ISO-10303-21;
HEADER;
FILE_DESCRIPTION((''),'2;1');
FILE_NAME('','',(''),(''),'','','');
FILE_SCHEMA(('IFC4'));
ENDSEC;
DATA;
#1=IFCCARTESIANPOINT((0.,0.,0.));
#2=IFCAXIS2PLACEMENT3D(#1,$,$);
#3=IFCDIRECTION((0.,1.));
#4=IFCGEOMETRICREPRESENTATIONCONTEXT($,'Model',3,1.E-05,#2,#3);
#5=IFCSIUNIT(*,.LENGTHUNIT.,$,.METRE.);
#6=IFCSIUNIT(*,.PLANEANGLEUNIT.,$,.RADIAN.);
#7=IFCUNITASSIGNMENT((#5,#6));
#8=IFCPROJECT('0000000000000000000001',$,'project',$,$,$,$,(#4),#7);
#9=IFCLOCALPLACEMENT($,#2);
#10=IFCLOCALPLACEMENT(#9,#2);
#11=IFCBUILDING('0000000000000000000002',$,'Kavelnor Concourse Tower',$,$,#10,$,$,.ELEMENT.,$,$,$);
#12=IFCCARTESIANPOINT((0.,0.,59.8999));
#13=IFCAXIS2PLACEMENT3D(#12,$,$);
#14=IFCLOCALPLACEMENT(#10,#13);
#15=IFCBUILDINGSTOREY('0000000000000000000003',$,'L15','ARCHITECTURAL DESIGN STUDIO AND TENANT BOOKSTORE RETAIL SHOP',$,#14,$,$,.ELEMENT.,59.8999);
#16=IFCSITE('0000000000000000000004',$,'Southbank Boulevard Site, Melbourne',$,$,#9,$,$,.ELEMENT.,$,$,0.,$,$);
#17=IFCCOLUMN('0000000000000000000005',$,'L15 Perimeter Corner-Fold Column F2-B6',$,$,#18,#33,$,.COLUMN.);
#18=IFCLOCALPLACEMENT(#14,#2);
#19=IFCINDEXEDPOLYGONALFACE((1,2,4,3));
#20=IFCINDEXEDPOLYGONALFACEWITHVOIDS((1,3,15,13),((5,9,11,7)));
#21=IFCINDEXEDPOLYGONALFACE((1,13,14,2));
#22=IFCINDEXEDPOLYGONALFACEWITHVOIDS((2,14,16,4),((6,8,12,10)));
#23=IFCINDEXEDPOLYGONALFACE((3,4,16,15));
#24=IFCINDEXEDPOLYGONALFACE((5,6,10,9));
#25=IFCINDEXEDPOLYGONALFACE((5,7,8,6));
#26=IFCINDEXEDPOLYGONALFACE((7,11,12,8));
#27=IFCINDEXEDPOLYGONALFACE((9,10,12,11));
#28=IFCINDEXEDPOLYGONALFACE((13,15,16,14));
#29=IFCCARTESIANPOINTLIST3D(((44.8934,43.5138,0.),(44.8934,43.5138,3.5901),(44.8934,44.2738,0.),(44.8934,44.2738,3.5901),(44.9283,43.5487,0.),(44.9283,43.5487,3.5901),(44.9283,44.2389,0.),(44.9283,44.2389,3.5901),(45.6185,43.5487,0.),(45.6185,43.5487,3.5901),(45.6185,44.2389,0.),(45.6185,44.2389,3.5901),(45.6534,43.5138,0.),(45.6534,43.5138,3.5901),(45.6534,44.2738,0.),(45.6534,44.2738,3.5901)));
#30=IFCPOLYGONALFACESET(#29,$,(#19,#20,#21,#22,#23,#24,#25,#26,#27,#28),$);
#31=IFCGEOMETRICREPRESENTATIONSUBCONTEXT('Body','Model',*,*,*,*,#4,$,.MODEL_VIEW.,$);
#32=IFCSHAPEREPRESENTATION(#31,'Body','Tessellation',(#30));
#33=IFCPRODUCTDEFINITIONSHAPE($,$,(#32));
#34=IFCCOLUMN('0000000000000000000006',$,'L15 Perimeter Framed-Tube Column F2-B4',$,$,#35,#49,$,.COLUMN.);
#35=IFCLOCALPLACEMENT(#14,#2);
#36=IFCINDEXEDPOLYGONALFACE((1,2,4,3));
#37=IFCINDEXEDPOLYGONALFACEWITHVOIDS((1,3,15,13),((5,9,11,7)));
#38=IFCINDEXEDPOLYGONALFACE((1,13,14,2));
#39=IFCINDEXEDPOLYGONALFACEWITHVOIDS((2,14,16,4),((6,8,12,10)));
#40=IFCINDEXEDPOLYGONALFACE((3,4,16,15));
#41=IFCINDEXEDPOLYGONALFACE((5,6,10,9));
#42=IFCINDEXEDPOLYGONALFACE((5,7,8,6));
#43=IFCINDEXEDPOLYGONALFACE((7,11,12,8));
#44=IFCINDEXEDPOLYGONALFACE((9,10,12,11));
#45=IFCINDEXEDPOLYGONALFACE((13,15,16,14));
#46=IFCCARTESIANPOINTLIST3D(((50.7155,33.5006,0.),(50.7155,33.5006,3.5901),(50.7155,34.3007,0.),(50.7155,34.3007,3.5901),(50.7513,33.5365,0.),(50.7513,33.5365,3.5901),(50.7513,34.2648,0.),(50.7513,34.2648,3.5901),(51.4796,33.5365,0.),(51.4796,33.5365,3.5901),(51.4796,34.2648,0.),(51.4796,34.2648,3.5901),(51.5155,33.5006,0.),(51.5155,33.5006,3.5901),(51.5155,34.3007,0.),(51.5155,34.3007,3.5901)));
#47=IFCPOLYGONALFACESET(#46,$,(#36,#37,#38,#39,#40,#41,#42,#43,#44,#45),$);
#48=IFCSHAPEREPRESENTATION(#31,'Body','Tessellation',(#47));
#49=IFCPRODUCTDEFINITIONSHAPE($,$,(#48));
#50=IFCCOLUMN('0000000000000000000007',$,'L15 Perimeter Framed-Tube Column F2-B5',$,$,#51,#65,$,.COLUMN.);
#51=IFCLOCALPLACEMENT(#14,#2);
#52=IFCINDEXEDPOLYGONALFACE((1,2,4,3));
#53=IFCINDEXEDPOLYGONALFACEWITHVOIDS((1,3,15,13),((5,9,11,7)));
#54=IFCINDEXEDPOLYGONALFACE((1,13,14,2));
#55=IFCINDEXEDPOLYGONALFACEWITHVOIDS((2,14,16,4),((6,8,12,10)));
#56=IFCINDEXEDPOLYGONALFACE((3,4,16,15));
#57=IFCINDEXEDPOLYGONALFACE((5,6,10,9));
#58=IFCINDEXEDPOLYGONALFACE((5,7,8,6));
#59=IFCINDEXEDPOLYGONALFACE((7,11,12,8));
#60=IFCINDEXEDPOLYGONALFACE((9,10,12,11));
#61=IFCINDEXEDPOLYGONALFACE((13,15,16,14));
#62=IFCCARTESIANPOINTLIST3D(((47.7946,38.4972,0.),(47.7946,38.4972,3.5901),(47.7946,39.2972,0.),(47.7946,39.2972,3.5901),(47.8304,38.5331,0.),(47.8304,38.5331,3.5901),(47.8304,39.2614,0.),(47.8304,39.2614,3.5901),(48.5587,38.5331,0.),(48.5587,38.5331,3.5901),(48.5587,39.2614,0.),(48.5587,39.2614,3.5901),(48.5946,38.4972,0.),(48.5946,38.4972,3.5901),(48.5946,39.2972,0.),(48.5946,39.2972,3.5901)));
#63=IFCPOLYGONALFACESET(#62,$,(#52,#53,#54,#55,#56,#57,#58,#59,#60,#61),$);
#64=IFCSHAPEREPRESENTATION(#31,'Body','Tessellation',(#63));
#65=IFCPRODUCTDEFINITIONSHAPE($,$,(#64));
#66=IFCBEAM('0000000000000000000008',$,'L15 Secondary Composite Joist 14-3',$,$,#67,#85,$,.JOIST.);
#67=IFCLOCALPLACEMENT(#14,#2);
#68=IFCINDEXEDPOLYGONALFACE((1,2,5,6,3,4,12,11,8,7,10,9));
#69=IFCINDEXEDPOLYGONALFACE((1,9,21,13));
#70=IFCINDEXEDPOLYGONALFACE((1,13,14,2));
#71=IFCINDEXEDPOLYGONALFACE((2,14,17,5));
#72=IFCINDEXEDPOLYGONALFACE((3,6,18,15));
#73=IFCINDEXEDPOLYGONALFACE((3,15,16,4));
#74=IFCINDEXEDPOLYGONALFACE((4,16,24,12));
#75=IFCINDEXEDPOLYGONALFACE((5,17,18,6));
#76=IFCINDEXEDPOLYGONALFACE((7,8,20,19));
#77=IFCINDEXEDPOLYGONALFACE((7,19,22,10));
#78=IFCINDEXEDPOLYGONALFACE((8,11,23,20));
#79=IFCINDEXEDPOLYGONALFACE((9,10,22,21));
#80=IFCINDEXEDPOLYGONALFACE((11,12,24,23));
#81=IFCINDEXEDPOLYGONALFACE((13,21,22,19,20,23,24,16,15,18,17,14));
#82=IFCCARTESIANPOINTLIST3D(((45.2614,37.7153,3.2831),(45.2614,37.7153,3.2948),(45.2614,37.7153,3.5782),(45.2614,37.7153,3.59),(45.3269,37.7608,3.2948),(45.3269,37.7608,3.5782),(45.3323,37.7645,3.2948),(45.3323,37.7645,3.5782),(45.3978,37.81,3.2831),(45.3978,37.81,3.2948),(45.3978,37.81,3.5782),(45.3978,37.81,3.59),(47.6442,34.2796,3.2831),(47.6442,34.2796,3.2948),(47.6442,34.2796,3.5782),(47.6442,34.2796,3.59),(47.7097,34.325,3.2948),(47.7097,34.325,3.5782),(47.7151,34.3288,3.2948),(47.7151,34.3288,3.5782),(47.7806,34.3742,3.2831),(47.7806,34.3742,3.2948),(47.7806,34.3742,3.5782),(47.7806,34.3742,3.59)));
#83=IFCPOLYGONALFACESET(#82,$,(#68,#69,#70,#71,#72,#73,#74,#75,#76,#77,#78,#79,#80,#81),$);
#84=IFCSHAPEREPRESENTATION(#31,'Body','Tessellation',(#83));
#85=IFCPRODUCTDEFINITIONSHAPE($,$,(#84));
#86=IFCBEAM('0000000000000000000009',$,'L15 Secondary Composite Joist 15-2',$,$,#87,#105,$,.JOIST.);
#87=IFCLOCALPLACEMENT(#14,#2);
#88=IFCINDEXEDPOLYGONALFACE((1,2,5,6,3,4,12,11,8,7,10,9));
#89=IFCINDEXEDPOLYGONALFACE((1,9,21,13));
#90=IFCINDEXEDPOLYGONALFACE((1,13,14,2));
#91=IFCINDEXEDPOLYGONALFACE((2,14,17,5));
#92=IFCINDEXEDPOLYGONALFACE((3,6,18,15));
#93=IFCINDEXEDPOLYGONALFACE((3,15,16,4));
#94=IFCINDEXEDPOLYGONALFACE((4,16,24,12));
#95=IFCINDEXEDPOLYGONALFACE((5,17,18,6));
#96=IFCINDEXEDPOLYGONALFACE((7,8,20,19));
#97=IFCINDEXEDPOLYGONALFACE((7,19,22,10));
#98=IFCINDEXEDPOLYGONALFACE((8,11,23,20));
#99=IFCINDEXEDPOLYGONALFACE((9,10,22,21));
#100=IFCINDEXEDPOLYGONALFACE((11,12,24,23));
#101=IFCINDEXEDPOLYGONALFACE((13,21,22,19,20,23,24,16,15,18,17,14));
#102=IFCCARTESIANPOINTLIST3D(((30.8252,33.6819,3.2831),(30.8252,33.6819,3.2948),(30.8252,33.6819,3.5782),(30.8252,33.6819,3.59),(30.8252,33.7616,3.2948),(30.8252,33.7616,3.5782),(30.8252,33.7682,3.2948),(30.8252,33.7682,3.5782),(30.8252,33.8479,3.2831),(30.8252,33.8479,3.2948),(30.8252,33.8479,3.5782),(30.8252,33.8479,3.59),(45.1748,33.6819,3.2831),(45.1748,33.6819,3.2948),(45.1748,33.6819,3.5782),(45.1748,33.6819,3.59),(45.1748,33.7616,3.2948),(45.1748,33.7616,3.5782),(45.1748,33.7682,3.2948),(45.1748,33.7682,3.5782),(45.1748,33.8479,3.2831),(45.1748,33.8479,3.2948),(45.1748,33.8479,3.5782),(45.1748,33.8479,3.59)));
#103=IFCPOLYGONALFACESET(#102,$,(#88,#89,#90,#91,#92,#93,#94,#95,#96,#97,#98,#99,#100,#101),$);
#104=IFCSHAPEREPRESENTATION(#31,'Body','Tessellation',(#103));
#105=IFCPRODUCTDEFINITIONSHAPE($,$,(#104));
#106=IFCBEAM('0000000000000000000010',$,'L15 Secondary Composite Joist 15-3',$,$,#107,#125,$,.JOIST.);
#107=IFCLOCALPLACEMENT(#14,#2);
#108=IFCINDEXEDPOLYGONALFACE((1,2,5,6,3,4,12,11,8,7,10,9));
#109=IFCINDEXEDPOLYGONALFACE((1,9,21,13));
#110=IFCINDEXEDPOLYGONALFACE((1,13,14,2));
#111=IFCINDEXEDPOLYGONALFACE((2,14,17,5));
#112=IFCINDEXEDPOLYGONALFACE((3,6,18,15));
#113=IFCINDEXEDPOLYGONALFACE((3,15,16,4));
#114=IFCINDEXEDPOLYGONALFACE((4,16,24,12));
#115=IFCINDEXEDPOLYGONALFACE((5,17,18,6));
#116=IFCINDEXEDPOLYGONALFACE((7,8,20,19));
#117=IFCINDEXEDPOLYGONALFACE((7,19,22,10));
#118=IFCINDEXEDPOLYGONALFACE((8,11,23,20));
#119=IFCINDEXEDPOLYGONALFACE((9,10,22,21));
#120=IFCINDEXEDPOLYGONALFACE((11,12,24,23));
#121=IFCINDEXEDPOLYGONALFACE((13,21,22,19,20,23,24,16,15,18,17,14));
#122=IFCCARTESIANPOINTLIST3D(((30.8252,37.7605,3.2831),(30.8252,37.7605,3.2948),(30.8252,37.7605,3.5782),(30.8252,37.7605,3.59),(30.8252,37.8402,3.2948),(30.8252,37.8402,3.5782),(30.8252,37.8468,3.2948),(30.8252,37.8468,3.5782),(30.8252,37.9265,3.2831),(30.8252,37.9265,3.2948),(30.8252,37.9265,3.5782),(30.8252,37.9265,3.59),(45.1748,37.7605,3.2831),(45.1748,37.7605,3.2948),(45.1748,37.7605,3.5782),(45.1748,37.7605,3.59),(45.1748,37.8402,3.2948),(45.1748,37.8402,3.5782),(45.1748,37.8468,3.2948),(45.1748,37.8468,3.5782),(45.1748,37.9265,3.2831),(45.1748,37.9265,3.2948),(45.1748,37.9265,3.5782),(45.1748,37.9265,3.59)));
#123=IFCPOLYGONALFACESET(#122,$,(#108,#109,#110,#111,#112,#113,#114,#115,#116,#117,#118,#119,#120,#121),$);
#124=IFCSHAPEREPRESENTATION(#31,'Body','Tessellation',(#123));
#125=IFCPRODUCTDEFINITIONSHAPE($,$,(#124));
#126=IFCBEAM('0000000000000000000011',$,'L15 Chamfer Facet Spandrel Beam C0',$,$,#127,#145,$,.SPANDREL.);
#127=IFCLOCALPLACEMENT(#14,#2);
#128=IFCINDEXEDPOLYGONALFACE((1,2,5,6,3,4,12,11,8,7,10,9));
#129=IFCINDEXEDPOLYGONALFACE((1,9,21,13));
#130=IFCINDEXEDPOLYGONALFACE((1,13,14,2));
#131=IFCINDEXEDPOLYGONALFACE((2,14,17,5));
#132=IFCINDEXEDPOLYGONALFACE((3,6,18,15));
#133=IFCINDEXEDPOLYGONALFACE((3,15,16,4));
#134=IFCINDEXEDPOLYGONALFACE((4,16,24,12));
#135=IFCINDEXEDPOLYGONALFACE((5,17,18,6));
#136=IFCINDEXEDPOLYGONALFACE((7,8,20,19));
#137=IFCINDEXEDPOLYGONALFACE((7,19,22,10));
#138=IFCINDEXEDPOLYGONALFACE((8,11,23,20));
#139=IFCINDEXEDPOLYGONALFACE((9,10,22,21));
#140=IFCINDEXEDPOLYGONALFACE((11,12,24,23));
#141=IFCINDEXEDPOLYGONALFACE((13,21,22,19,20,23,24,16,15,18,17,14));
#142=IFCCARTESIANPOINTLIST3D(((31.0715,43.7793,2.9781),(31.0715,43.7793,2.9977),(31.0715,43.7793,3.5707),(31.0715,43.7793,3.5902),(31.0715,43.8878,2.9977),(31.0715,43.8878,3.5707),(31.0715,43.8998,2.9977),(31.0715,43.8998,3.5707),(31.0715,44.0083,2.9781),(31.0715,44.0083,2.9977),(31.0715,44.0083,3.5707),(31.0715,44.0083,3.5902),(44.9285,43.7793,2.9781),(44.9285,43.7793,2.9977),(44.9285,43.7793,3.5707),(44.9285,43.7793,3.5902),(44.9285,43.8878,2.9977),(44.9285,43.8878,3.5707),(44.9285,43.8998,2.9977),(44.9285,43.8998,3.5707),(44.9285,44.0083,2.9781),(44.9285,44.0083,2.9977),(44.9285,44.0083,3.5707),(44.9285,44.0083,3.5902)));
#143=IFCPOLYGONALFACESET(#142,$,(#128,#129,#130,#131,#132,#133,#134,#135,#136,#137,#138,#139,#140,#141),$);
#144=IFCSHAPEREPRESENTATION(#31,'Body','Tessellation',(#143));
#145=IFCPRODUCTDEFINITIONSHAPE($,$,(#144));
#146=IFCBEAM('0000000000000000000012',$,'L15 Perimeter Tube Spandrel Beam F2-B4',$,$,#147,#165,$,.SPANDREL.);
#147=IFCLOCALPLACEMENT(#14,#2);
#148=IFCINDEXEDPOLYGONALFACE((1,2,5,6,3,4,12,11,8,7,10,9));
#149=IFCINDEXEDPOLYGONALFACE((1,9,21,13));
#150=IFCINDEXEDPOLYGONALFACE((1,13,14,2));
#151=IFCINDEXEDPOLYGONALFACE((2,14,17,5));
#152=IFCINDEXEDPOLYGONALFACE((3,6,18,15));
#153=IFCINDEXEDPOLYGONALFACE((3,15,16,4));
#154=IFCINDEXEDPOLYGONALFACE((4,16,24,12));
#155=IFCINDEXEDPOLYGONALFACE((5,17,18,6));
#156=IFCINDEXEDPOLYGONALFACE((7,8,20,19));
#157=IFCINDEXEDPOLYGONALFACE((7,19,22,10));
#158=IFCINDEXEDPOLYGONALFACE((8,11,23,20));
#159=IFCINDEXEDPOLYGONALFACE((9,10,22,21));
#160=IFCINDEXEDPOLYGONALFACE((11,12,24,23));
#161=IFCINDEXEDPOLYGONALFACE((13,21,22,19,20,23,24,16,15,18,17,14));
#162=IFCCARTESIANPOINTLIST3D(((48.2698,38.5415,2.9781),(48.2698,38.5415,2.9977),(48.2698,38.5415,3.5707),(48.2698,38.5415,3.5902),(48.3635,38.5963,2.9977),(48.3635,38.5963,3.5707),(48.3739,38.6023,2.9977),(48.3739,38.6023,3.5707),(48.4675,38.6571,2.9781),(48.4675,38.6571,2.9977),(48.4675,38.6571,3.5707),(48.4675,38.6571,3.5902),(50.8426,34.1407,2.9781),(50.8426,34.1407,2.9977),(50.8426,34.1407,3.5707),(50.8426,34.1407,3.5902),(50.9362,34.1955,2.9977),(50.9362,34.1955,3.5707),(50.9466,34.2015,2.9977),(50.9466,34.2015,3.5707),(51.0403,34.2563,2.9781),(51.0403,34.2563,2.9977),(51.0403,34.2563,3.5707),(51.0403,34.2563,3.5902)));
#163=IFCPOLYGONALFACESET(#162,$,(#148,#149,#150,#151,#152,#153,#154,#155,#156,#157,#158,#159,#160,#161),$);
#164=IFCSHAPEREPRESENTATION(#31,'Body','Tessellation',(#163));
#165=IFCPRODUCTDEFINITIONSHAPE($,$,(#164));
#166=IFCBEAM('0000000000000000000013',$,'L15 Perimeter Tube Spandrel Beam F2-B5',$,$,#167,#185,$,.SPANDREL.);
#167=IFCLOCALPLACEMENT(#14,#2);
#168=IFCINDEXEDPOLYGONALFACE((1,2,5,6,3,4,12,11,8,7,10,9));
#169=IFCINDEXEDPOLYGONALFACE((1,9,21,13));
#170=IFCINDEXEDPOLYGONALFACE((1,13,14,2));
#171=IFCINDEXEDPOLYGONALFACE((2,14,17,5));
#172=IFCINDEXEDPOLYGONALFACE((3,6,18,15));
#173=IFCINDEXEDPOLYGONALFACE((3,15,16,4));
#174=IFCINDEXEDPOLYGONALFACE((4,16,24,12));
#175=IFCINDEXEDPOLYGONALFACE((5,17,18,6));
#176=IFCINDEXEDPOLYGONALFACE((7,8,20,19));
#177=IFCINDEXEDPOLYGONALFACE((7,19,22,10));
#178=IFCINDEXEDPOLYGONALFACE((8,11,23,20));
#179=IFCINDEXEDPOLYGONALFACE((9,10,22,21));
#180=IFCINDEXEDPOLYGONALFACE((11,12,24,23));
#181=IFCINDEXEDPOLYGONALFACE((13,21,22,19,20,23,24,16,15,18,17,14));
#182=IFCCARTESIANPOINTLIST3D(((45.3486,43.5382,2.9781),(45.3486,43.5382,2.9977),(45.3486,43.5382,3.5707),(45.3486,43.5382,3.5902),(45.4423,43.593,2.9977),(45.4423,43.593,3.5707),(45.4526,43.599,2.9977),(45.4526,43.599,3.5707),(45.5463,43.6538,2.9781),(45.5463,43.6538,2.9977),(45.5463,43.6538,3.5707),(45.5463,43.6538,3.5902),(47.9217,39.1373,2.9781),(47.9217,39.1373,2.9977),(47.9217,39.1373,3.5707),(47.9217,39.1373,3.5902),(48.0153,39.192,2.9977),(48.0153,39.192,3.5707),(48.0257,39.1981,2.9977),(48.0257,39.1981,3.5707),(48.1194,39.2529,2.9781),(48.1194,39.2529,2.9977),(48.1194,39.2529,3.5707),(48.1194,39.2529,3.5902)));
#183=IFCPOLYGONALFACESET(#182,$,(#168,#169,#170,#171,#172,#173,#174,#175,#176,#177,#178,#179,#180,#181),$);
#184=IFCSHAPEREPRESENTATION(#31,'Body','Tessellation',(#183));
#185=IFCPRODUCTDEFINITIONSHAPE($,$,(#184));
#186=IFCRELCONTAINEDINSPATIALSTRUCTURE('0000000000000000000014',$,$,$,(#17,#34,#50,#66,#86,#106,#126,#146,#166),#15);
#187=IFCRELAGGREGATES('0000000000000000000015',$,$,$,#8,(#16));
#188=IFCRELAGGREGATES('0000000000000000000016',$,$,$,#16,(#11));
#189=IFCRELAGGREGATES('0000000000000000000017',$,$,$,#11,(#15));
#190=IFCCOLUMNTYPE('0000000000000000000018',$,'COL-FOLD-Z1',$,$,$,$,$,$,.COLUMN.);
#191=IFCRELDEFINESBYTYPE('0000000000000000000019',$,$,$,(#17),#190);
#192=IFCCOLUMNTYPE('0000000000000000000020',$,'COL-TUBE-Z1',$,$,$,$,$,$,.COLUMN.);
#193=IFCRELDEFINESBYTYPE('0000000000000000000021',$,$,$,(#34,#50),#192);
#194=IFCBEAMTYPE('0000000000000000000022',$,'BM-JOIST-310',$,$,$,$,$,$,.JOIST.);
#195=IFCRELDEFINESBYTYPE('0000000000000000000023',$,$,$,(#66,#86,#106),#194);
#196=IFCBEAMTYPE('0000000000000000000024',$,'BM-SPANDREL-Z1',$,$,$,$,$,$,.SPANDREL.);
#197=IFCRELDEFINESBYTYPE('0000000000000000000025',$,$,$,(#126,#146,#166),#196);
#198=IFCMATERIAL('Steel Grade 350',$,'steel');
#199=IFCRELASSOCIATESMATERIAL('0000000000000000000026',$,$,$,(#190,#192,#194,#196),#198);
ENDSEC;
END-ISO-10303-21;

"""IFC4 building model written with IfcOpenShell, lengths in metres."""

from ifc_helpers import new_model, si_unit, direction, frame, origin, origin_2d, place, context, subcontext, project, spatial, hollow_rectangle, i_section, extrude, material, material_profile, profile_set, type_object, element, save


model = new_model("IFC4")

# Units and contexts
model_context = context("Model", 3, precision=1e-05, world=origin(), true_north=direction((0.0, 1.0)))
body_context = subcontext(model_context, "Body", "Model", "MODEL_VIEW")
ifc_project = project(units=[si_unit("LENGTHUNIT", "METRE"), si_unit("PLANEANGLEUNIT", "RADIAN")], contexts=[model_context])

# Site, building, storey
site_placement = place(None, origin())
site = spatial("IfcSite", under=ifc_project, at=site_placement, Name="Southbank Boulevard Site, Melbourne", CompositionType="ELEMENT", RefElevation=0.0)
building_placement = place(site_placement, origin())
building = spatial("IfcBuilding", under=site, at=building_placement, Name="Kavelnor Concourse Tower", CompositionType="ELEMENT")
storey_placement = place(building_placement, frame((0.0, 0.0, 59.8999)))
storey = spatial("IfcBuildingStorey", under=building, at=storey_placement, Name="L15", Description="ARCHITECTURAL DESIGN STUDIO AND TENANT BOOKSTORE RETAIL SHOP", CompositionType="ELEMENT", Elevation=59.8999)

# Columns
ifc_material_1 = material(Name="Steel Grade 350", Category="steel")
ifc_material_profile_1 = material_profile(ifc_material_1, hollow_rectangle(XDim=0.76, YDim=0.76, WallThickness=0.0349, at=origin_2d()), Name="SHS 760x760x35")
ifc_profile_set_1 = profile_set([ifc_material_profile_1], Name="Steel Grade 350")
column_type_1 = type_object("IfcColumnType", Name="COL-FOLD-Z1", PredefinedType="COLUMN", material=ifc_profile_set_1)
column_placement = place(storey_placement, frame((45.2734, 43.8938, 0.0), z_axis=(0.0, 0.0, 1.0), x_axis=(1.0, 0.0, 0.0)))
element("IfcColumn", 1, at=column_placement, inside=storey, type_object=column_type_1, Name="L15 Perimeter Corner-Fold Column F2-B6", PredefinedType="COLUMN", context=body_context, shape_type="SweptSolid", body=[
    extrude(hollow_rectangle(XDim=0.76, YDim=0.76, WallThickness=0.0349, at=origin_2d()), origin(), (0.0, 0.0, 1.0), 3.5901),
])
ifc_material_profile_2 = material_profile(ifc_material_1, hollow_rectangle(XDim=0.8, YDim=0.8, WallThickness=0.0359, at=origin_2d()), Name="SHS 800x800x36")
ifc_profile_set_2 = profile_set([ifc_material_profile_2], Name="Steel Grade 350")
column_type_2 = type_object("IfcColumnType", Name="COL-TUBE-Z1", PredefinedType="COLUMN", material=ifc_profile_set_2)
for number, where, z_axis, x_axis, name in (
    (2, (51.1155, 33.9006, 0.0), (0.0, 0.0, 1.0), (1.0, 0.0, 0.0), "L15 Perimeter Framed-Tube Column F2-B4"),
    (3, (48.1946, 38.8972, 0.0), (0.0, 0.0, 1.0), (1.0, 0.0, 0.0), "L15 Perimeter Framed-Tube Column F2-B5"),
):
    element("IfcColumn", number, at=place(storey_placement, frame(where, z_axis=z_axis, x_axis=x_axis)), inside=storey, type_object=column_type_2, Name=name, PredefinedType="COLUMN", context=body_context, shape_type="SweptSolid", body=[
        extrude(hollow_rectangle(XDim=0.8, YDim=0.8, WallThickness=0.0359, at=origin_2d()), origin(), (0.0, 0.0, 1.0), 3.5901),
    ])

# Beams
ifc_material_profile_3 = material_profile(ifc_material_1, i_section(OverallWidth=0.166, OverallDepth=0.3069, WebThickness=0.0066, FlangeThickness=0.0117, at=origin_2d()), Name="310UB46")
ifc_profile_set_3 = profile_set([ifc_material_profile_3], Name="Steel Grade 350")
beam_type_1 = type_object("IfcBeamType", Name="BM-JOIST-310", PredefinedType="JOIST", material=ifc_profile_set_3)
beam_1_placement = place(storey_placement, frame((47.7124, 34.3269, 3.4365), z_axis=(-0.569887, 0.821723, 0.0), x_axis=(-0.821723, -0.569887, 0.0)))
element("IfcBeam", 4, at=beam_1_placement, inside=storey, type_object=beam_type_1, Name="L15 Secondary Composite Joist 14-3", PredefinedType="JOIST", context=body_context, shape_type="SweptSolid", body=[
    extrude(i_section(OverallWidth=0.166, OverallDepth=0.3069, WebThickness=0.0066, FlangeThickness=0.0117, at=origin_2d()), origin(), (0.0, 0.0, 1.0), 4.1812),
])
for number, where, z_axis, x_axis, name in (
    (5, (45.1748, 33.7649, 3.4365), (-1.0, 0.0, 0.0), (0.0, -1.0, 0.0), "L15 Secondary Composite Joist 15-2"),
    (6, (45.1748, 37.8435, 3.4365), (-1.0, 0.0, 0.0), (0.0, -1.0, 0.0), "L15 Secondary Composite Joist 15-3"),
):
    element("IfcBeam", number, at=place(storey_placement, frame(where, z_axis=z_axis, x_axis=x_axis)), inside=storey, type_object=beam_type_1, Name=name, PredefinedType="JOIST", context=body_context, shape_type="SweptSolid", body=[
        extrude(i_section(OverallWidth=0.166, OverallDepth=0.3069, WebThickness=0.0066, FlangeThickness=0.0117, at=origin_2d()), origin(), (0.0, 0.0, 1.0), 14.3496),
    ])
ifc_material_profile_4 = material_profile(ifc_material_1, i_section(OverallWidth=0.229, OverallDepth=0.6121, WebThickness=0.012, FlangeThickness=0.0195, at=origin_2d()), Name="610UB125")
ifc_profile_set_4 = profile_set([ifc_material_profile_4], Name="Steel Grade 350")
beam_type_2 = type_object("IfcBeamType", Name="BM-SPANDREL-Z1", PredefinedType="SPANDREL", material=ifc_profile_set_4)
beam_2_placement = place(storey_placement, frame((44.9285, 43.8938, 3.2842), z_axis=(-1.0, 0.0, 0.0), x_axis=(0.0, -1.0, 0.0)))
element("IfcBeam", 7, at=beam_2_placement, inside=storey, type_object=beam_type_2, Name="L15 Chamfer Facet Spandrel Beam C0", PredefinedType="SPANDREL", context=body_context, shape_type="SweptSolid", body=[
    extrude(i_section(OverallWidth=0.229, OverallDepth=0.6121, WebThickness=0.012, FlangeThickness=0.0195, at=origin_2d()), origin(), (0.0, 0.0, 1.0), 13.8569),
])
beam_3_placement = place(storey_placement, frame((50.9414, 34.1985, 3.2842), z_axis=(-0.504687, 0.863303, 0.0), x_axis=(-0.863303, -0.504687, 0.0)))
element("IfcBeam", 8, at=beam_3_placement, inside=storey, type_object=beam_type_2, Name="L15 Perimeter Tube Spandrel Beam F2-B4", PredefinedType="SPANDREL", context=body_context, shape_type="SweptSolid", body=[
    extrude(i_section(OverallWidth=0.229, OverallDepth=0.6121, WebThickness=0.012, FlangeThickness=0.0195, at=origin_2d()), origin(), (0.0, 0.0, 1.0), 5.0977),
])
beam_4_placement = place(storey_placement, frame((48.0205, 39.1951, 3.2842), z_axis=(-0.504722, 0.863282, 0.0), x_axis=(-0.863282, -0.504722, 0.0)))
element("IfcBeam", 9, at=beam_4_placement, inside=storey, type_object=beam_type_2, Name="L15 Perimeter Tube Spandrel Beam F2-B5", PredefinedType="SPANDREL", context=body_context, shape_type="SweptSolid", body=[
    extrude(i_section(OverallWidth=0.229, OverallDepth=0.6121, WebThickness=0.012, FlangeThickness=0.0195, at=origin_2d()), origin(), (0.0, 0.0, 1.0), 5.0979),
])

save(model, "model.ifc")
